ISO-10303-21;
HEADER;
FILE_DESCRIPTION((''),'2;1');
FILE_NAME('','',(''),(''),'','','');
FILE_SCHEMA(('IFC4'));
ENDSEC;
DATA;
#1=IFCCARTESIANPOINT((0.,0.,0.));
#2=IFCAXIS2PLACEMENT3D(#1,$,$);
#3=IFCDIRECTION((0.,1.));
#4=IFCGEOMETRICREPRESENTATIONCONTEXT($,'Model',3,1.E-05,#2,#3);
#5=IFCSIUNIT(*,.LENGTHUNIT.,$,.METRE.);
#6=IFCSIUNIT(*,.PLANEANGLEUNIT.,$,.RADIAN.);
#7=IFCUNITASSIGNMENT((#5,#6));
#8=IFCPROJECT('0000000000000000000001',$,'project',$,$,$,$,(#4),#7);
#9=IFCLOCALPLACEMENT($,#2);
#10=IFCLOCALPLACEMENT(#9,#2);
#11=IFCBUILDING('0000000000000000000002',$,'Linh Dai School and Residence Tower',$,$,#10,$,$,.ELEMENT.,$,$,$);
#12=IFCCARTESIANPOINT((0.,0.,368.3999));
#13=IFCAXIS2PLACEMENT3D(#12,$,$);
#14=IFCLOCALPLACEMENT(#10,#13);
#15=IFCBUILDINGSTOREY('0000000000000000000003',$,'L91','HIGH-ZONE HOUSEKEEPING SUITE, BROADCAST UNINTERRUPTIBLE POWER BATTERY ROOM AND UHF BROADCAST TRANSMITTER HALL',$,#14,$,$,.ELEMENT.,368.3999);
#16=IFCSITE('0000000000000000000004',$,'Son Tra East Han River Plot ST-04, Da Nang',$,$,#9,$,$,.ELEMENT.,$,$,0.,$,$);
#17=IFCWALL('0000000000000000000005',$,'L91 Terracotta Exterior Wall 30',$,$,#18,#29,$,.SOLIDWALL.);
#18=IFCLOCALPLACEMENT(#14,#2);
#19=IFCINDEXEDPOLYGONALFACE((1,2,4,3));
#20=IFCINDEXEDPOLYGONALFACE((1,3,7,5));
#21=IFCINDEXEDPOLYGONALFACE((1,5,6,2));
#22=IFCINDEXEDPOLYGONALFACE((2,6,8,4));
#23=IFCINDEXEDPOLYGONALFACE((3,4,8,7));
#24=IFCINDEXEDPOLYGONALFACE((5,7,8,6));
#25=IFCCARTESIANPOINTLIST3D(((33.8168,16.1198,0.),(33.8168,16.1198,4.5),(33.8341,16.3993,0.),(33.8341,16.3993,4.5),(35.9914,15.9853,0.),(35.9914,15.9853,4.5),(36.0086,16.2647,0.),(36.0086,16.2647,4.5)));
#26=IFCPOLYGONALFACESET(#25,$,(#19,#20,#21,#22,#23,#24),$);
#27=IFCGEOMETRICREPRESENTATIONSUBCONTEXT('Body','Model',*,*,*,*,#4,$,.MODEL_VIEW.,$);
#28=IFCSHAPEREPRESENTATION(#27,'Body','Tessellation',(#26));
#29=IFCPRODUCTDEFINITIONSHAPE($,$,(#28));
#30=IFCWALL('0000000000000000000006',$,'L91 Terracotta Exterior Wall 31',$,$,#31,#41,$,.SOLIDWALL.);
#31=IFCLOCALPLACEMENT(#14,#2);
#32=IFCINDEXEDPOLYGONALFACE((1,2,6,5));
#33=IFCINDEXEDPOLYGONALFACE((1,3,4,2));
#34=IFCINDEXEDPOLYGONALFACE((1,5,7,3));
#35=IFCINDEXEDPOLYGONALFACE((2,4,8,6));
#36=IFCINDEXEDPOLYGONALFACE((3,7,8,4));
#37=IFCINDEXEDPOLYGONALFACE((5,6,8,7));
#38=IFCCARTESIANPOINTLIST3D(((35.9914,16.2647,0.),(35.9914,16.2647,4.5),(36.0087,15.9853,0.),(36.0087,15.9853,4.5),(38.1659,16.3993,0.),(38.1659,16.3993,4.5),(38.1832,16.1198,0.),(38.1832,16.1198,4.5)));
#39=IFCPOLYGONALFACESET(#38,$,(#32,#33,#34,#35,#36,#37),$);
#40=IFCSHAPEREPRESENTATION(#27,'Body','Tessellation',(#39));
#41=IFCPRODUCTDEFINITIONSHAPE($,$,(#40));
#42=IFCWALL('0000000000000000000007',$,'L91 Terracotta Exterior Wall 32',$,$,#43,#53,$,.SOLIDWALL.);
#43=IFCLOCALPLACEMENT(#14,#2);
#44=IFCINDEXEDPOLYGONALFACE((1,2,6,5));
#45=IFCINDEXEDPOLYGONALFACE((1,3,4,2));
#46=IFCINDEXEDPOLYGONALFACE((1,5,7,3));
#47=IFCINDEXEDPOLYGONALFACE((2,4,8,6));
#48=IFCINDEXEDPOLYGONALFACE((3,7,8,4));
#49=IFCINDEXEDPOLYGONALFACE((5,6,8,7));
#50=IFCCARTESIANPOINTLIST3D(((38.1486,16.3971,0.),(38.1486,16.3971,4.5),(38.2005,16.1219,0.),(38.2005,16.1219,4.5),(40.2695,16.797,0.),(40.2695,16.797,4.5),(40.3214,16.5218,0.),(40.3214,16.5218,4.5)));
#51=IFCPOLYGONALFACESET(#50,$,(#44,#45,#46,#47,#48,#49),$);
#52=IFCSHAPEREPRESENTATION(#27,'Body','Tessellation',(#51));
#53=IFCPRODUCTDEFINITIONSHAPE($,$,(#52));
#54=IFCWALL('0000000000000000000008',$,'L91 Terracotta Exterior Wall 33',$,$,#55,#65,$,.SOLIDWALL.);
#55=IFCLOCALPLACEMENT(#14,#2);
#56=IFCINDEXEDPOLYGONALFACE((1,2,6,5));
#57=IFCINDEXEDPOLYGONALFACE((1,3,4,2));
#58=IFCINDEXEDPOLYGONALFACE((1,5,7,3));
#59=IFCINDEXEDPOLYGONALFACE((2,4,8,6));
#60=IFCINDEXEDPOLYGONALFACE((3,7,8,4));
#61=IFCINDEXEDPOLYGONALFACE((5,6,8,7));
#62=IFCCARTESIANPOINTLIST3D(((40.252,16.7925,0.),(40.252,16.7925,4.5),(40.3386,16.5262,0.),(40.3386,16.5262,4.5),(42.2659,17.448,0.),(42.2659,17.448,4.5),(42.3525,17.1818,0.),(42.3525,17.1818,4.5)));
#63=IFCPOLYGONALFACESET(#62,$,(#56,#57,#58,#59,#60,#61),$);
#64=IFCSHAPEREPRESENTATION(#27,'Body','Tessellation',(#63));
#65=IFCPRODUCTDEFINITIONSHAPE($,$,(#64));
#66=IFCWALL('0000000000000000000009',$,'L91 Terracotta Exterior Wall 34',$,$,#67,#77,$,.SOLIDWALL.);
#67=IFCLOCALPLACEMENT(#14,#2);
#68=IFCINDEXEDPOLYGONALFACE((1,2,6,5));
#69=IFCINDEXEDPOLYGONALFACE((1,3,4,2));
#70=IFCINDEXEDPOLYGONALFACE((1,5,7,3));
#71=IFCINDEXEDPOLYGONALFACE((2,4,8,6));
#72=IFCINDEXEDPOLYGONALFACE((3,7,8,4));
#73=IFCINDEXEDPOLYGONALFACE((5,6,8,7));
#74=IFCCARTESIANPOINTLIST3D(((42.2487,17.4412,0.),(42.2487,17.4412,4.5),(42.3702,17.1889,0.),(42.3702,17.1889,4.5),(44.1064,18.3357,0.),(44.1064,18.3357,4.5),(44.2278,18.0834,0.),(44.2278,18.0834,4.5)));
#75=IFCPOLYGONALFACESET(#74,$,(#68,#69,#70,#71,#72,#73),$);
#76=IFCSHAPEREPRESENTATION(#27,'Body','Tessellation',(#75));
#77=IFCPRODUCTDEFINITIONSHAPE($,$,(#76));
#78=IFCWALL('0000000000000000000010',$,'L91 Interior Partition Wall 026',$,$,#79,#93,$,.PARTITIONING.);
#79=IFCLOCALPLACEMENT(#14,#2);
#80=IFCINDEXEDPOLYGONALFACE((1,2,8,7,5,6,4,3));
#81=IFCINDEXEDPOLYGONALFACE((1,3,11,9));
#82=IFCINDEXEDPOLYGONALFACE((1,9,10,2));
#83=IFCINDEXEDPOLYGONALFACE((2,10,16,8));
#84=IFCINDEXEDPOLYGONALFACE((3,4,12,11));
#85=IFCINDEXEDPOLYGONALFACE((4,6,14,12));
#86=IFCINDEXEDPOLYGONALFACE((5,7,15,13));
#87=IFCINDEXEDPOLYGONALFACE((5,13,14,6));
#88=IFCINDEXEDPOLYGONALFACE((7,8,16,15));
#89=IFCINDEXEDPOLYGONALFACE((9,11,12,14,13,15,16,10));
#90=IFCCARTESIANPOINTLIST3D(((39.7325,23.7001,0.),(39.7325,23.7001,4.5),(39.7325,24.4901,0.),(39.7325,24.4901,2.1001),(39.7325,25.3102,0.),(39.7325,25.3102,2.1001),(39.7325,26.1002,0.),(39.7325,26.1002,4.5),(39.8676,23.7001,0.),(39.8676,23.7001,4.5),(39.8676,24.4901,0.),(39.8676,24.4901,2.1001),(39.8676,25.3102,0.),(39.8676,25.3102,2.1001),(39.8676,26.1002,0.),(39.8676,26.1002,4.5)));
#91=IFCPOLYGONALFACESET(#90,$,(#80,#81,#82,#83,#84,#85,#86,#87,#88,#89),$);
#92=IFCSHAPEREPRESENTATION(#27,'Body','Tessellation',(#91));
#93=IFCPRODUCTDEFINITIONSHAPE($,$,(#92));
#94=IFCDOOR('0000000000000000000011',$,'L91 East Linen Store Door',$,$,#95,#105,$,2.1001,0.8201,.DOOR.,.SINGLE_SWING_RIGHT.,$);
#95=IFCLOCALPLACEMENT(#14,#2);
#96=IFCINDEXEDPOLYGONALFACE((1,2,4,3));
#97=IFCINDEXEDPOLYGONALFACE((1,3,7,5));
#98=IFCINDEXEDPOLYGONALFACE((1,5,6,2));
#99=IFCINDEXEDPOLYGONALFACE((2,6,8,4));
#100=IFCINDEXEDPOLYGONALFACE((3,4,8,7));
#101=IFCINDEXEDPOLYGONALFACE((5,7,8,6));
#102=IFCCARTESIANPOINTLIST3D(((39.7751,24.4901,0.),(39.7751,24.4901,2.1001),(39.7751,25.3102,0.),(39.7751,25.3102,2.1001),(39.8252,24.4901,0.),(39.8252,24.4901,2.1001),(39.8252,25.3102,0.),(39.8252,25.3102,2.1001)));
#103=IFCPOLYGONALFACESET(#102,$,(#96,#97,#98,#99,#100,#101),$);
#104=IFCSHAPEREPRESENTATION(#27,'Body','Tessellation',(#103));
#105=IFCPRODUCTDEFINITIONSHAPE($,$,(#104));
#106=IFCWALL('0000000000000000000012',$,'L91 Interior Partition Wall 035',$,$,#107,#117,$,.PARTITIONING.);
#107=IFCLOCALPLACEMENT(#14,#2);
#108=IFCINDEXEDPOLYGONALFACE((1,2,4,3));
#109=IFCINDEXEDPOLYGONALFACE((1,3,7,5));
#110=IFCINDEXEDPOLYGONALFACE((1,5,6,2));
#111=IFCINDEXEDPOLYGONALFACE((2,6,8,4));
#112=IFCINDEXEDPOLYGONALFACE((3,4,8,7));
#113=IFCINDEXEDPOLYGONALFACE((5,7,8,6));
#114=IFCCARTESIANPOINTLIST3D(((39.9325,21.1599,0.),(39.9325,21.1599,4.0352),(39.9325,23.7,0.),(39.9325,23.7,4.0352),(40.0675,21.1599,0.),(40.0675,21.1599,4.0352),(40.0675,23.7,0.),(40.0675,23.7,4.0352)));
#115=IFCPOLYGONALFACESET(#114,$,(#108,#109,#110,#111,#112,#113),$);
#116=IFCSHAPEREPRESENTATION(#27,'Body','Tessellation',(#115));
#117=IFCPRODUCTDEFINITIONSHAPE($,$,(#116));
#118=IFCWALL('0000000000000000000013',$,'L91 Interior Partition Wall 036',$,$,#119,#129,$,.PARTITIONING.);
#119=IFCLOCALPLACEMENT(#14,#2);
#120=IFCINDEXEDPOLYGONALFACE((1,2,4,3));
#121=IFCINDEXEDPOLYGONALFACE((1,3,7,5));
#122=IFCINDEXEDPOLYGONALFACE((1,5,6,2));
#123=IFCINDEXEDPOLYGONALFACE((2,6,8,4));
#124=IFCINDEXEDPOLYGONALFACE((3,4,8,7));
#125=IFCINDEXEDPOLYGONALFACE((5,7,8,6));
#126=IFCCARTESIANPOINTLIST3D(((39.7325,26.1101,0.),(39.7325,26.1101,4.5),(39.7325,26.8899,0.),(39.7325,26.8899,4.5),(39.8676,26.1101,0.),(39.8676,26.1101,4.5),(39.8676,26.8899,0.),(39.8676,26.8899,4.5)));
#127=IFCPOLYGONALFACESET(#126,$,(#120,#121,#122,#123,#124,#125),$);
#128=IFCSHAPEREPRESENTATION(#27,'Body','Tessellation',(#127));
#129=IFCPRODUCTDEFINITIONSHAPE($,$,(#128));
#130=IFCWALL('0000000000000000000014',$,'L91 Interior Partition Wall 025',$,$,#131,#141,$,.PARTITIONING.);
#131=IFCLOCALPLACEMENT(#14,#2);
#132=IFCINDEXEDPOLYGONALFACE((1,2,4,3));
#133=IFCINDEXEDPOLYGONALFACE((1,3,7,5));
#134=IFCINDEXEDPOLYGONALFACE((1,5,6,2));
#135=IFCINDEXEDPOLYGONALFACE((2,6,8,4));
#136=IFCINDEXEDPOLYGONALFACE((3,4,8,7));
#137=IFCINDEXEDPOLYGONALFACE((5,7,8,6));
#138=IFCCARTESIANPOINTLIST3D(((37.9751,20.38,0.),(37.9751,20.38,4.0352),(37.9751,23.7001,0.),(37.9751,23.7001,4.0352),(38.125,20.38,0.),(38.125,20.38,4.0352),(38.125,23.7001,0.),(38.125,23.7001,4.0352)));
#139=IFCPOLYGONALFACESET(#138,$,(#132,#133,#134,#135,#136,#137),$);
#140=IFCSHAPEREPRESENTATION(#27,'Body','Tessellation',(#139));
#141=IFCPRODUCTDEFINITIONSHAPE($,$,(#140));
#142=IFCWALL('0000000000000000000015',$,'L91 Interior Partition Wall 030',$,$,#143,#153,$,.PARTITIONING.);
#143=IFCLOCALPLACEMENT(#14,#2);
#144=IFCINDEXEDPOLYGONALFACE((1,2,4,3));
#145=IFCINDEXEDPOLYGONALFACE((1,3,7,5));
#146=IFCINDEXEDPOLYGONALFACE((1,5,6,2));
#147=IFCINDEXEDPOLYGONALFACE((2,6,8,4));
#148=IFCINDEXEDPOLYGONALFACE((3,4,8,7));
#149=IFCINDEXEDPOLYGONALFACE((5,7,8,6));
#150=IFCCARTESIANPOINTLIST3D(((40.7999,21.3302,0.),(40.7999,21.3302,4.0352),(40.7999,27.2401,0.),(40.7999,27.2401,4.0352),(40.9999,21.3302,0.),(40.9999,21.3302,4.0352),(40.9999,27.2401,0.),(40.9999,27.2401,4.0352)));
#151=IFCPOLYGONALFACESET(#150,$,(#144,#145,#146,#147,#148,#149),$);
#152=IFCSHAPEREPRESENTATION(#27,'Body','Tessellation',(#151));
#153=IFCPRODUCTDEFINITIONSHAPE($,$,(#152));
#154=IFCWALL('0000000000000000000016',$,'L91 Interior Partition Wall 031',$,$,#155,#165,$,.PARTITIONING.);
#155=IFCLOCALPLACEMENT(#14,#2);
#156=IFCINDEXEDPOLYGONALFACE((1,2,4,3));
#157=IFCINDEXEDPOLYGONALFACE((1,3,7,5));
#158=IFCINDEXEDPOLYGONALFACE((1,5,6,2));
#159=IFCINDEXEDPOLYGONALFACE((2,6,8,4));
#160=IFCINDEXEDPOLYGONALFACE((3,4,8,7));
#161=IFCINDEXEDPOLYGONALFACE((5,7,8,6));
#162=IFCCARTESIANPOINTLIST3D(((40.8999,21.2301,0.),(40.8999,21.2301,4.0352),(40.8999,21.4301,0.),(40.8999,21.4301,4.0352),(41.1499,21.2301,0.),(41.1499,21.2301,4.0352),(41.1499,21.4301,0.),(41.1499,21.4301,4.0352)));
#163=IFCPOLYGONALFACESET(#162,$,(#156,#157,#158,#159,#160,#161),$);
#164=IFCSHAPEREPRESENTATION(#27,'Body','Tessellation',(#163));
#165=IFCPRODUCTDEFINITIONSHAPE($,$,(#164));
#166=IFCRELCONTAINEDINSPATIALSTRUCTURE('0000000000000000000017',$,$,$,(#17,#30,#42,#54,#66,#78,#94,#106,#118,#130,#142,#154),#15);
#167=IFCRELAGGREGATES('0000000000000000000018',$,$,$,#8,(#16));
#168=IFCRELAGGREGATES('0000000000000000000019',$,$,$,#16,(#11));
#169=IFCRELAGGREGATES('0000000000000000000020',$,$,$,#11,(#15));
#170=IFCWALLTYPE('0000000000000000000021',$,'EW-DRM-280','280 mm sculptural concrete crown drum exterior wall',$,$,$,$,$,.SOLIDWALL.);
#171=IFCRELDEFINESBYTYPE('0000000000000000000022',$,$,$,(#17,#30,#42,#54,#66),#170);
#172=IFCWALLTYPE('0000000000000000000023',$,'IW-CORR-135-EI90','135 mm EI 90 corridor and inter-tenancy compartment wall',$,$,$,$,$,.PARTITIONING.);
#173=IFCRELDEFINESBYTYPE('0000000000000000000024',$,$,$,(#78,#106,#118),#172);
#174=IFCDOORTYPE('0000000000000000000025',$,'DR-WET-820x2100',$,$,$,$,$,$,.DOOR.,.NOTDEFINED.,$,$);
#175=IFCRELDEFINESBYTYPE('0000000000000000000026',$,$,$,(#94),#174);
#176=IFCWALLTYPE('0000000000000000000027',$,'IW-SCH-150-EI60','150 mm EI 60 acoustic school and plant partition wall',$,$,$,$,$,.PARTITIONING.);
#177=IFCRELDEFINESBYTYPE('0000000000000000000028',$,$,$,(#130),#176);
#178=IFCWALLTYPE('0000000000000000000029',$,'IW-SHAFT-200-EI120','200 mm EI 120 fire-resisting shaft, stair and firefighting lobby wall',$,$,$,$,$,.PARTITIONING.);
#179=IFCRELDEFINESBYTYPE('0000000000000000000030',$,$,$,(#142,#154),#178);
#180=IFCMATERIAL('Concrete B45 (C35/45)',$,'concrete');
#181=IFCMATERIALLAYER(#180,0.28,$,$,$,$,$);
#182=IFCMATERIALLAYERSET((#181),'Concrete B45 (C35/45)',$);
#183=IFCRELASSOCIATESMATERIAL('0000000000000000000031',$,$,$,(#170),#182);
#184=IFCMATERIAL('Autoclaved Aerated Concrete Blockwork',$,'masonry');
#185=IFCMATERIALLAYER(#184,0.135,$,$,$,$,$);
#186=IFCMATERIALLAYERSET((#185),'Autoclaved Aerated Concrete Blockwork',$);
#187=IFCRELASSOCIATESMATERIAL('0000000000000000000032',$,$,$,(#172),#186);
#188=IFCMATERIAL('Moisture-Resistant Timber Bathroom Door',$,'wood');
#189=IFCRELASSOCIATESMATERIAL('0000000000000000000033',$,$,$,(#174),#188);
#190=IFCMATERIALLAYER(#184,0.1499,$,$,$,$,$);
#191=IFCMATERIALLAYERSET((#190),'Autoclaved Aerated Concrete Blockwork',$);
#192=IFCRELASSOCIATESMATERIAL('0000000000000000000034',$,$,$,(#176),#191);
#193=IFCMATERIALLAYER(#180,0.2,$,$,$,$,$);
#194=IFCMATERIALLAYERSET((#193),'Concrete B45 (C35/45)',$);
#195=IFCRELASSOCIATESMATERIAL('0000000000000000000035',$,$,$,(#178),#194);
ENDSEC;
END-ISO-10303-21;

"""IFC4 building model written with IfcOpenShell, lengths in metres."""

from ifc_helpers import new_model, si_unit, direction, frame, frame_2d, origin, origin_2d, place, context, subcontext, project, spatial, rectangle, extrude, source, transform, mapped, material, layer, layer_set, type_object, element, fill, save


model = new_model("IFC4")

# Units and contexts
model_context = context("Model", 3, precision=1e-05, world=origin(), true_north=direction((0.0, 1.0)))
body_context = subcontext(model_context, "Body", "Model", "MODEL_VIEW")
ifc_project = project(units=[si_unit("LENGTHUNIT", "METRE"), si_unit("PLANEANGLEUNIT", "RADIAN")], contexts=[model_context])

# Site, building, storey
site_placement = place(None, origin())
site = spatial("IfcSite", under=ifc_project, at=site_placement, Name="Son Tra East Han River Plot ST-04, Da Nang", CompositionType="ELEMENT", RefElevation=0.0)
building_placement = place(site_placement, origin())
building = spatial("IfcBuilding", under=site, at=building_placement, Name="Linh Dai School and Residence Tower", CompositionType="ELEMENT")
storey_placement = place(building_placement, frame((0.0, 0.0, 368.3999)))
storey = spatial("IfcBuildingStorey", under=building, at=storey_placement, Name="L91", Description="HIGH-ZONE HOUSEKEEPING SUITE, BROADCAST UNINTERRUPTIBLE POWER BATTERY ROOM AND UHF BROADCAST TRANSMITTER HALL", CompositionType="ELEMENT", Elevation=368.3999)

# Walls
ifc_material_1 = material(Name="Concrete B45 (C35/45)", Category="concrete")
ifc_layer_1 = layer(ifc_material_1, 0.28)
ifc_layer_set_1 = layer_set([ifc_layer_1], Name="Concrete B45 (C35/45)")
wall_type_1 = type_object("IfcWallType", Name="EW-DRM-280", Description="280 mm sculptural concrete crown drum exterior wall", PredefinedType="SOLIDWALL", material=ifc_layer_set_1)
for number, where, z_axis, x_axis, name in (
    (1, (36.0, 16.125, 0.0), (0.0, 0.0, 1.0), (-0.998092, 0.061743, 0.0), "L91 Terracotta Exterior Wall 30"),
    (2, (38.1746, 16.2595, 0.0), (0.0, 0.0, 1.0), (-0.998092, -0.061743, 0.0), "L91 Terracotta Exterior Wall 31"),
):
    element("IfcWall", number, at=place(storey_placement, frame(where, z_axis=z_axis, x_axis=x_axis)), inside=storey, type_object=wall_type_1, Name=name, PredefinedType="SOLIDWALL", context=body_context, shape_type="SweptSolid", body=[
        extrude(rectangle(XDim=2.1787, YDim=0.28, at=frame_2d((1.0894, 0.0))), origin(), (0.0, 0.0, 1.0), 4.5),
    ])
wall_1_placement = place(storey_placement, frame((40.2954, 16.6594, 0.0), z_axis=(0.0, 0.0, 1.0), x_axis=(-0.982683, -0.185292, 0.0)))
element("IfcWall", 3, at=wall_1_placement, inside=storey, type_object=wall_type_1, Name="L91 Terracotta Exterior Wall 32", PredefinedType="SOLIDWALL", context=body_context, shape_type="SweptSolid", body=[
    extrude(rectangle(XDim=2.1582, YDim=0.28, at=frame_2d((1.0791, 0.0))), origin(), (0.0, 0.0, 1.0), 4.5),
])
wall_2_placement = place(storey_placement, frame((42.3093, 17.3149, 0.0), z_axis=(0.0, 0.0, 1.0), x_axis=(-0.950896, -0.309511, 0.0)))
element("IfcWall", 4, at=wall_2_placement, inside=storey, type_object=wall_type_1, Name="L91 Terracotta Exterior Wall 33", PredefinedType="SOLIDWALL", context=body_context, shape_type="SweptSolid", body=[
    extrude(rectangle(XDim=2.1179, YDim=0.28, at=frame_2d((1.0591, 0.0))), origin(), (0.0, 0.0, 1.0), 4.5),
])
wall_3_placement = place(storey_placement, frame((44.167, 18.2095, 0.0), z_axis=(0.0, 0.0, 1.0), x_axis=(-0.900983, -0.433855, 0.0)))
element("IfcWall", 5, at=wall_3_placement, inside=storey, type_object=wall_type_1, Name="L91 Terracotta Exterior Wall 34", PredefinedType="SOLIDWALL", context=body_context, shape_type="SweptSolid", body=[
    extrude(rectangle(XDim=2.0618, YDim=0.28, at=frame_2d((1.0308, 0.0))), origin(), (0.0, 0.0, 1.0), 4.5),
])

# Wall, opening, door
ifc_material_2 = material(Name="Autoclaved Aerated Concrete Blockwork", Category="masonry")
ifc_layer_2 = layer(ifc_material_2, 0.135)
ifc_layer_set_2 = layer_set([ifc_layer_2], Name="Autoclaved Aerated Concrete Blockwork")
wall_type_2 = type_object("IfcWallType", Name="IW-CORR-135-EI90", Description="135 mm EI 90 corridor and inter-tenancy compartment wall", PredefinedType="PARTITIONING", material=ifc_layer_set_2)
wall_4_placement = place(storey_placement, frame((39.8, 23.7, 0.0), z_axis=(0.0, 0.0, 1.0), x_axis=(0.0, 1.0, 0.0)))
wall_4 = element("IfcWall", 6, at=wall_4_placement, inside=storey, type_object=wall_type_2, Name="L91 Interior Partition Wall 026", PredefinedType="PARTITIONING", context=body_context, shape_type="SweptSolid", body=[
    extrude(rectangle(XDim=2.4001, YDim=0.135, at=frame_2d((1.2002, 0.0))), origin(), (0.0, 0.0, 1.0), 4.5),
])
opening_placement = place(wall_4_placement, frame((0.79, 0.0, 0.0)))
opening = element("IfcOpeningElement", 7, at=opening_placement, cuts=wall_4, PredefinedType="OPENING", context=body_context, shape_type="SweptSolid", body=[
    extrude(rectangle(XDim=0.8201, YDim=2.1001, at=origin_2d()), frame((0.4102, 0.0776, 1.05), z_axis=(0.0, -1.0, 0.0), x_axis=(1.0, 0.0, 0.0)), (0.0, 0.0, 1.0), 0.155),
])
ifc_material_3 = material(Name="Moisture-Resistant Timber Bathroom Door", Category="wood")
door_type = type_object("IfcDoorType", Name="DR-WET-820x2100", OperationType="NOTDEFINED", PredefinedType="DOOR", material=ifc_material_3)
shared_shape_1 = source(origin(), body_context, "Body", "SweptSolid", [
    extrude(rectangle(XDim=0.8201, YDim=2.1001, at=origin_2d()), frame((0.4102, 0.0249, 1.05), z_axis=(0.0, -1.0, 0.0), x_axis=(1.0, 0.0, 0.0)), (0.0, 0.0, 1.0), 0.05),
])
door_placement = place(opening_placement, origin())
door = element("IfcDoor", 8, at=door_placement, inside=storey, type_object=door_type, Name="L91 East Linen Store Door", OperationType="SINGLE_SWING_RIGHT", OverallHeight=2.1001, OverallWidth=0.8201, PredefinedType="DOOR", context=body_context, shape_type="MappedRepresentation", body=[
    mapped(shared_shape_1, transform((0.0, 0.0, 0.0), x_axis=(1.0, 0.0, 0.0), y_axis=(0.0, 1.0, 0.0), z_axis=(0.0, 0.0, 1.0), scale=1.0)),
])
fill(opening, door)

# Walls
wall_5_placement = place(storey_placement, frame((40.0, 23.7, 0.0), z_axis=(0.0, 0.0, 1.0), x_axis=(0.0, -1.0, 0.0)))
element("IfcWall", 9, at=wall_5_placement, inside=storey, type_object=wall_type_2, Name="L91 Interior Partition Wall 035", PredefinedType="PARTITIONING", context=body_context, shape_type="SweptSolid", body=[
    extrude(rectangle(XDim=2.54, YDim=0.135, at=frame_2d((1.27, 0.0))), origin(), (0.0, 0.0, 1.0), 4.0352),
])
wall_6_placement = place(storey_placement, frame((39.8, 26.1101, 0.0), z_axis=(0.0, 0.0, 1.0), x_axis=(0.0, 1.0, 0.0)))
element("IfcWall", 10, at=wall_6_placement, inside=storey, type_object=wall_type_2, Name="L91 Interior Partition Wall 036", PredefinedType="PARTITIONING", context=body_context, shape_type="SweptSolid", body=[
    extrude(rectangle(XDim=0.7798, YDim=0.135, at=frame_2d((0.3899, 0.0))), origin(), (0.0, 0.0, 1.0), 4.5),
])
ifc_layer_3 = layer(ifc_material_2, 0.1499)
ifc_layer_set_3 = layer_set([ifc_layer_3], Name="Autoclaved Aerated Concrete Blockwork")
wall_type_3 = type_object("IfcWallType", Name="IW-SCH-150-EI60", Description="150 mm EI 60 acoustic school and plant partition wall", PredefinedType="PARTITIONING", material=ifc_layer_set_3)
wall_7_placement = place(storey_placement, frame((38.05, 20.3799, 0.0), z_axis=(0.0, 0.0, 1.0), x_axis=(0.0, 1.0, 0.0)))
element("IfcWall", 11, at=wall_7_placement, inside=storey, type_object=wall_type_3, Name="L91 Interior Partition Wall 025", PredefinedType="PARTITIONING", context=body_context, shape_type="SweptSolid", body=[
    extrude(rectangle(XDim=3.3201, YDim=0.1499, at=frame_2d((1.6602, 0.0))), origin(), (0.0, 0.0, 1.0), 4.0352),
])
ifc_layer_4 = layer(ifc_material_1, 0.2)
ifc_layer_set_4 = layer_set([ifc_layer_4], Name="Concrete B45 (C35/45)")
wall_type_4 = type_object("IfcWallType", Name="IW-SHAFT-200-EI120", Description="200 mm EI 120 fire-resisting shaft, stair and firefighting lobby wall", PredefinedType="PARTITIONING", material=ifc_layer_set_4)
wall_8_placement = place(storey_placement, frame((40.8999, 21.3301, 0.0), z_axis=(0.0, 0.0, 1.0), x_axis=(0.0, 1.0, 0.0)))
element("IfcWall", 12, at=wall_8_placement, inside=storey, type_object=wall_type_4, Name="L91 Interior Partition Wall 030", PredefinedType="PARTITIONING", context=body_context, shape_type="SweptSolid", body=[
    extrude(rectangle(XDim=5.9099, YDim=0.2, at=frame_2d((2.9551, 0.0))), origin(), (0.0, 0.0, 1.0), 4.0352),
])
wall_9_placement = place(storey_placement, frame((40.8999, 21.3301, 0.0), z_axis=(0.0, 0.0, 1.0), x_axis=(1.0, 0.0, 0.0)))
element("IfcWall", 13, at=wall_9_placement, inside=storey, type_object=wall_type_4, Name="L91 Interior Partition Wall 031", PredefinedType="PARTITIONING", context=body_context, shape_type="SweptSolid", body=[
    extrude(rectangle(XDim=0.25, YDim=0.2, at=frame_2d((0.125, 0.0))), origin(), (0.0, 0.0, 1.0), 4.0352),
])

save(model, "model.ifc")
